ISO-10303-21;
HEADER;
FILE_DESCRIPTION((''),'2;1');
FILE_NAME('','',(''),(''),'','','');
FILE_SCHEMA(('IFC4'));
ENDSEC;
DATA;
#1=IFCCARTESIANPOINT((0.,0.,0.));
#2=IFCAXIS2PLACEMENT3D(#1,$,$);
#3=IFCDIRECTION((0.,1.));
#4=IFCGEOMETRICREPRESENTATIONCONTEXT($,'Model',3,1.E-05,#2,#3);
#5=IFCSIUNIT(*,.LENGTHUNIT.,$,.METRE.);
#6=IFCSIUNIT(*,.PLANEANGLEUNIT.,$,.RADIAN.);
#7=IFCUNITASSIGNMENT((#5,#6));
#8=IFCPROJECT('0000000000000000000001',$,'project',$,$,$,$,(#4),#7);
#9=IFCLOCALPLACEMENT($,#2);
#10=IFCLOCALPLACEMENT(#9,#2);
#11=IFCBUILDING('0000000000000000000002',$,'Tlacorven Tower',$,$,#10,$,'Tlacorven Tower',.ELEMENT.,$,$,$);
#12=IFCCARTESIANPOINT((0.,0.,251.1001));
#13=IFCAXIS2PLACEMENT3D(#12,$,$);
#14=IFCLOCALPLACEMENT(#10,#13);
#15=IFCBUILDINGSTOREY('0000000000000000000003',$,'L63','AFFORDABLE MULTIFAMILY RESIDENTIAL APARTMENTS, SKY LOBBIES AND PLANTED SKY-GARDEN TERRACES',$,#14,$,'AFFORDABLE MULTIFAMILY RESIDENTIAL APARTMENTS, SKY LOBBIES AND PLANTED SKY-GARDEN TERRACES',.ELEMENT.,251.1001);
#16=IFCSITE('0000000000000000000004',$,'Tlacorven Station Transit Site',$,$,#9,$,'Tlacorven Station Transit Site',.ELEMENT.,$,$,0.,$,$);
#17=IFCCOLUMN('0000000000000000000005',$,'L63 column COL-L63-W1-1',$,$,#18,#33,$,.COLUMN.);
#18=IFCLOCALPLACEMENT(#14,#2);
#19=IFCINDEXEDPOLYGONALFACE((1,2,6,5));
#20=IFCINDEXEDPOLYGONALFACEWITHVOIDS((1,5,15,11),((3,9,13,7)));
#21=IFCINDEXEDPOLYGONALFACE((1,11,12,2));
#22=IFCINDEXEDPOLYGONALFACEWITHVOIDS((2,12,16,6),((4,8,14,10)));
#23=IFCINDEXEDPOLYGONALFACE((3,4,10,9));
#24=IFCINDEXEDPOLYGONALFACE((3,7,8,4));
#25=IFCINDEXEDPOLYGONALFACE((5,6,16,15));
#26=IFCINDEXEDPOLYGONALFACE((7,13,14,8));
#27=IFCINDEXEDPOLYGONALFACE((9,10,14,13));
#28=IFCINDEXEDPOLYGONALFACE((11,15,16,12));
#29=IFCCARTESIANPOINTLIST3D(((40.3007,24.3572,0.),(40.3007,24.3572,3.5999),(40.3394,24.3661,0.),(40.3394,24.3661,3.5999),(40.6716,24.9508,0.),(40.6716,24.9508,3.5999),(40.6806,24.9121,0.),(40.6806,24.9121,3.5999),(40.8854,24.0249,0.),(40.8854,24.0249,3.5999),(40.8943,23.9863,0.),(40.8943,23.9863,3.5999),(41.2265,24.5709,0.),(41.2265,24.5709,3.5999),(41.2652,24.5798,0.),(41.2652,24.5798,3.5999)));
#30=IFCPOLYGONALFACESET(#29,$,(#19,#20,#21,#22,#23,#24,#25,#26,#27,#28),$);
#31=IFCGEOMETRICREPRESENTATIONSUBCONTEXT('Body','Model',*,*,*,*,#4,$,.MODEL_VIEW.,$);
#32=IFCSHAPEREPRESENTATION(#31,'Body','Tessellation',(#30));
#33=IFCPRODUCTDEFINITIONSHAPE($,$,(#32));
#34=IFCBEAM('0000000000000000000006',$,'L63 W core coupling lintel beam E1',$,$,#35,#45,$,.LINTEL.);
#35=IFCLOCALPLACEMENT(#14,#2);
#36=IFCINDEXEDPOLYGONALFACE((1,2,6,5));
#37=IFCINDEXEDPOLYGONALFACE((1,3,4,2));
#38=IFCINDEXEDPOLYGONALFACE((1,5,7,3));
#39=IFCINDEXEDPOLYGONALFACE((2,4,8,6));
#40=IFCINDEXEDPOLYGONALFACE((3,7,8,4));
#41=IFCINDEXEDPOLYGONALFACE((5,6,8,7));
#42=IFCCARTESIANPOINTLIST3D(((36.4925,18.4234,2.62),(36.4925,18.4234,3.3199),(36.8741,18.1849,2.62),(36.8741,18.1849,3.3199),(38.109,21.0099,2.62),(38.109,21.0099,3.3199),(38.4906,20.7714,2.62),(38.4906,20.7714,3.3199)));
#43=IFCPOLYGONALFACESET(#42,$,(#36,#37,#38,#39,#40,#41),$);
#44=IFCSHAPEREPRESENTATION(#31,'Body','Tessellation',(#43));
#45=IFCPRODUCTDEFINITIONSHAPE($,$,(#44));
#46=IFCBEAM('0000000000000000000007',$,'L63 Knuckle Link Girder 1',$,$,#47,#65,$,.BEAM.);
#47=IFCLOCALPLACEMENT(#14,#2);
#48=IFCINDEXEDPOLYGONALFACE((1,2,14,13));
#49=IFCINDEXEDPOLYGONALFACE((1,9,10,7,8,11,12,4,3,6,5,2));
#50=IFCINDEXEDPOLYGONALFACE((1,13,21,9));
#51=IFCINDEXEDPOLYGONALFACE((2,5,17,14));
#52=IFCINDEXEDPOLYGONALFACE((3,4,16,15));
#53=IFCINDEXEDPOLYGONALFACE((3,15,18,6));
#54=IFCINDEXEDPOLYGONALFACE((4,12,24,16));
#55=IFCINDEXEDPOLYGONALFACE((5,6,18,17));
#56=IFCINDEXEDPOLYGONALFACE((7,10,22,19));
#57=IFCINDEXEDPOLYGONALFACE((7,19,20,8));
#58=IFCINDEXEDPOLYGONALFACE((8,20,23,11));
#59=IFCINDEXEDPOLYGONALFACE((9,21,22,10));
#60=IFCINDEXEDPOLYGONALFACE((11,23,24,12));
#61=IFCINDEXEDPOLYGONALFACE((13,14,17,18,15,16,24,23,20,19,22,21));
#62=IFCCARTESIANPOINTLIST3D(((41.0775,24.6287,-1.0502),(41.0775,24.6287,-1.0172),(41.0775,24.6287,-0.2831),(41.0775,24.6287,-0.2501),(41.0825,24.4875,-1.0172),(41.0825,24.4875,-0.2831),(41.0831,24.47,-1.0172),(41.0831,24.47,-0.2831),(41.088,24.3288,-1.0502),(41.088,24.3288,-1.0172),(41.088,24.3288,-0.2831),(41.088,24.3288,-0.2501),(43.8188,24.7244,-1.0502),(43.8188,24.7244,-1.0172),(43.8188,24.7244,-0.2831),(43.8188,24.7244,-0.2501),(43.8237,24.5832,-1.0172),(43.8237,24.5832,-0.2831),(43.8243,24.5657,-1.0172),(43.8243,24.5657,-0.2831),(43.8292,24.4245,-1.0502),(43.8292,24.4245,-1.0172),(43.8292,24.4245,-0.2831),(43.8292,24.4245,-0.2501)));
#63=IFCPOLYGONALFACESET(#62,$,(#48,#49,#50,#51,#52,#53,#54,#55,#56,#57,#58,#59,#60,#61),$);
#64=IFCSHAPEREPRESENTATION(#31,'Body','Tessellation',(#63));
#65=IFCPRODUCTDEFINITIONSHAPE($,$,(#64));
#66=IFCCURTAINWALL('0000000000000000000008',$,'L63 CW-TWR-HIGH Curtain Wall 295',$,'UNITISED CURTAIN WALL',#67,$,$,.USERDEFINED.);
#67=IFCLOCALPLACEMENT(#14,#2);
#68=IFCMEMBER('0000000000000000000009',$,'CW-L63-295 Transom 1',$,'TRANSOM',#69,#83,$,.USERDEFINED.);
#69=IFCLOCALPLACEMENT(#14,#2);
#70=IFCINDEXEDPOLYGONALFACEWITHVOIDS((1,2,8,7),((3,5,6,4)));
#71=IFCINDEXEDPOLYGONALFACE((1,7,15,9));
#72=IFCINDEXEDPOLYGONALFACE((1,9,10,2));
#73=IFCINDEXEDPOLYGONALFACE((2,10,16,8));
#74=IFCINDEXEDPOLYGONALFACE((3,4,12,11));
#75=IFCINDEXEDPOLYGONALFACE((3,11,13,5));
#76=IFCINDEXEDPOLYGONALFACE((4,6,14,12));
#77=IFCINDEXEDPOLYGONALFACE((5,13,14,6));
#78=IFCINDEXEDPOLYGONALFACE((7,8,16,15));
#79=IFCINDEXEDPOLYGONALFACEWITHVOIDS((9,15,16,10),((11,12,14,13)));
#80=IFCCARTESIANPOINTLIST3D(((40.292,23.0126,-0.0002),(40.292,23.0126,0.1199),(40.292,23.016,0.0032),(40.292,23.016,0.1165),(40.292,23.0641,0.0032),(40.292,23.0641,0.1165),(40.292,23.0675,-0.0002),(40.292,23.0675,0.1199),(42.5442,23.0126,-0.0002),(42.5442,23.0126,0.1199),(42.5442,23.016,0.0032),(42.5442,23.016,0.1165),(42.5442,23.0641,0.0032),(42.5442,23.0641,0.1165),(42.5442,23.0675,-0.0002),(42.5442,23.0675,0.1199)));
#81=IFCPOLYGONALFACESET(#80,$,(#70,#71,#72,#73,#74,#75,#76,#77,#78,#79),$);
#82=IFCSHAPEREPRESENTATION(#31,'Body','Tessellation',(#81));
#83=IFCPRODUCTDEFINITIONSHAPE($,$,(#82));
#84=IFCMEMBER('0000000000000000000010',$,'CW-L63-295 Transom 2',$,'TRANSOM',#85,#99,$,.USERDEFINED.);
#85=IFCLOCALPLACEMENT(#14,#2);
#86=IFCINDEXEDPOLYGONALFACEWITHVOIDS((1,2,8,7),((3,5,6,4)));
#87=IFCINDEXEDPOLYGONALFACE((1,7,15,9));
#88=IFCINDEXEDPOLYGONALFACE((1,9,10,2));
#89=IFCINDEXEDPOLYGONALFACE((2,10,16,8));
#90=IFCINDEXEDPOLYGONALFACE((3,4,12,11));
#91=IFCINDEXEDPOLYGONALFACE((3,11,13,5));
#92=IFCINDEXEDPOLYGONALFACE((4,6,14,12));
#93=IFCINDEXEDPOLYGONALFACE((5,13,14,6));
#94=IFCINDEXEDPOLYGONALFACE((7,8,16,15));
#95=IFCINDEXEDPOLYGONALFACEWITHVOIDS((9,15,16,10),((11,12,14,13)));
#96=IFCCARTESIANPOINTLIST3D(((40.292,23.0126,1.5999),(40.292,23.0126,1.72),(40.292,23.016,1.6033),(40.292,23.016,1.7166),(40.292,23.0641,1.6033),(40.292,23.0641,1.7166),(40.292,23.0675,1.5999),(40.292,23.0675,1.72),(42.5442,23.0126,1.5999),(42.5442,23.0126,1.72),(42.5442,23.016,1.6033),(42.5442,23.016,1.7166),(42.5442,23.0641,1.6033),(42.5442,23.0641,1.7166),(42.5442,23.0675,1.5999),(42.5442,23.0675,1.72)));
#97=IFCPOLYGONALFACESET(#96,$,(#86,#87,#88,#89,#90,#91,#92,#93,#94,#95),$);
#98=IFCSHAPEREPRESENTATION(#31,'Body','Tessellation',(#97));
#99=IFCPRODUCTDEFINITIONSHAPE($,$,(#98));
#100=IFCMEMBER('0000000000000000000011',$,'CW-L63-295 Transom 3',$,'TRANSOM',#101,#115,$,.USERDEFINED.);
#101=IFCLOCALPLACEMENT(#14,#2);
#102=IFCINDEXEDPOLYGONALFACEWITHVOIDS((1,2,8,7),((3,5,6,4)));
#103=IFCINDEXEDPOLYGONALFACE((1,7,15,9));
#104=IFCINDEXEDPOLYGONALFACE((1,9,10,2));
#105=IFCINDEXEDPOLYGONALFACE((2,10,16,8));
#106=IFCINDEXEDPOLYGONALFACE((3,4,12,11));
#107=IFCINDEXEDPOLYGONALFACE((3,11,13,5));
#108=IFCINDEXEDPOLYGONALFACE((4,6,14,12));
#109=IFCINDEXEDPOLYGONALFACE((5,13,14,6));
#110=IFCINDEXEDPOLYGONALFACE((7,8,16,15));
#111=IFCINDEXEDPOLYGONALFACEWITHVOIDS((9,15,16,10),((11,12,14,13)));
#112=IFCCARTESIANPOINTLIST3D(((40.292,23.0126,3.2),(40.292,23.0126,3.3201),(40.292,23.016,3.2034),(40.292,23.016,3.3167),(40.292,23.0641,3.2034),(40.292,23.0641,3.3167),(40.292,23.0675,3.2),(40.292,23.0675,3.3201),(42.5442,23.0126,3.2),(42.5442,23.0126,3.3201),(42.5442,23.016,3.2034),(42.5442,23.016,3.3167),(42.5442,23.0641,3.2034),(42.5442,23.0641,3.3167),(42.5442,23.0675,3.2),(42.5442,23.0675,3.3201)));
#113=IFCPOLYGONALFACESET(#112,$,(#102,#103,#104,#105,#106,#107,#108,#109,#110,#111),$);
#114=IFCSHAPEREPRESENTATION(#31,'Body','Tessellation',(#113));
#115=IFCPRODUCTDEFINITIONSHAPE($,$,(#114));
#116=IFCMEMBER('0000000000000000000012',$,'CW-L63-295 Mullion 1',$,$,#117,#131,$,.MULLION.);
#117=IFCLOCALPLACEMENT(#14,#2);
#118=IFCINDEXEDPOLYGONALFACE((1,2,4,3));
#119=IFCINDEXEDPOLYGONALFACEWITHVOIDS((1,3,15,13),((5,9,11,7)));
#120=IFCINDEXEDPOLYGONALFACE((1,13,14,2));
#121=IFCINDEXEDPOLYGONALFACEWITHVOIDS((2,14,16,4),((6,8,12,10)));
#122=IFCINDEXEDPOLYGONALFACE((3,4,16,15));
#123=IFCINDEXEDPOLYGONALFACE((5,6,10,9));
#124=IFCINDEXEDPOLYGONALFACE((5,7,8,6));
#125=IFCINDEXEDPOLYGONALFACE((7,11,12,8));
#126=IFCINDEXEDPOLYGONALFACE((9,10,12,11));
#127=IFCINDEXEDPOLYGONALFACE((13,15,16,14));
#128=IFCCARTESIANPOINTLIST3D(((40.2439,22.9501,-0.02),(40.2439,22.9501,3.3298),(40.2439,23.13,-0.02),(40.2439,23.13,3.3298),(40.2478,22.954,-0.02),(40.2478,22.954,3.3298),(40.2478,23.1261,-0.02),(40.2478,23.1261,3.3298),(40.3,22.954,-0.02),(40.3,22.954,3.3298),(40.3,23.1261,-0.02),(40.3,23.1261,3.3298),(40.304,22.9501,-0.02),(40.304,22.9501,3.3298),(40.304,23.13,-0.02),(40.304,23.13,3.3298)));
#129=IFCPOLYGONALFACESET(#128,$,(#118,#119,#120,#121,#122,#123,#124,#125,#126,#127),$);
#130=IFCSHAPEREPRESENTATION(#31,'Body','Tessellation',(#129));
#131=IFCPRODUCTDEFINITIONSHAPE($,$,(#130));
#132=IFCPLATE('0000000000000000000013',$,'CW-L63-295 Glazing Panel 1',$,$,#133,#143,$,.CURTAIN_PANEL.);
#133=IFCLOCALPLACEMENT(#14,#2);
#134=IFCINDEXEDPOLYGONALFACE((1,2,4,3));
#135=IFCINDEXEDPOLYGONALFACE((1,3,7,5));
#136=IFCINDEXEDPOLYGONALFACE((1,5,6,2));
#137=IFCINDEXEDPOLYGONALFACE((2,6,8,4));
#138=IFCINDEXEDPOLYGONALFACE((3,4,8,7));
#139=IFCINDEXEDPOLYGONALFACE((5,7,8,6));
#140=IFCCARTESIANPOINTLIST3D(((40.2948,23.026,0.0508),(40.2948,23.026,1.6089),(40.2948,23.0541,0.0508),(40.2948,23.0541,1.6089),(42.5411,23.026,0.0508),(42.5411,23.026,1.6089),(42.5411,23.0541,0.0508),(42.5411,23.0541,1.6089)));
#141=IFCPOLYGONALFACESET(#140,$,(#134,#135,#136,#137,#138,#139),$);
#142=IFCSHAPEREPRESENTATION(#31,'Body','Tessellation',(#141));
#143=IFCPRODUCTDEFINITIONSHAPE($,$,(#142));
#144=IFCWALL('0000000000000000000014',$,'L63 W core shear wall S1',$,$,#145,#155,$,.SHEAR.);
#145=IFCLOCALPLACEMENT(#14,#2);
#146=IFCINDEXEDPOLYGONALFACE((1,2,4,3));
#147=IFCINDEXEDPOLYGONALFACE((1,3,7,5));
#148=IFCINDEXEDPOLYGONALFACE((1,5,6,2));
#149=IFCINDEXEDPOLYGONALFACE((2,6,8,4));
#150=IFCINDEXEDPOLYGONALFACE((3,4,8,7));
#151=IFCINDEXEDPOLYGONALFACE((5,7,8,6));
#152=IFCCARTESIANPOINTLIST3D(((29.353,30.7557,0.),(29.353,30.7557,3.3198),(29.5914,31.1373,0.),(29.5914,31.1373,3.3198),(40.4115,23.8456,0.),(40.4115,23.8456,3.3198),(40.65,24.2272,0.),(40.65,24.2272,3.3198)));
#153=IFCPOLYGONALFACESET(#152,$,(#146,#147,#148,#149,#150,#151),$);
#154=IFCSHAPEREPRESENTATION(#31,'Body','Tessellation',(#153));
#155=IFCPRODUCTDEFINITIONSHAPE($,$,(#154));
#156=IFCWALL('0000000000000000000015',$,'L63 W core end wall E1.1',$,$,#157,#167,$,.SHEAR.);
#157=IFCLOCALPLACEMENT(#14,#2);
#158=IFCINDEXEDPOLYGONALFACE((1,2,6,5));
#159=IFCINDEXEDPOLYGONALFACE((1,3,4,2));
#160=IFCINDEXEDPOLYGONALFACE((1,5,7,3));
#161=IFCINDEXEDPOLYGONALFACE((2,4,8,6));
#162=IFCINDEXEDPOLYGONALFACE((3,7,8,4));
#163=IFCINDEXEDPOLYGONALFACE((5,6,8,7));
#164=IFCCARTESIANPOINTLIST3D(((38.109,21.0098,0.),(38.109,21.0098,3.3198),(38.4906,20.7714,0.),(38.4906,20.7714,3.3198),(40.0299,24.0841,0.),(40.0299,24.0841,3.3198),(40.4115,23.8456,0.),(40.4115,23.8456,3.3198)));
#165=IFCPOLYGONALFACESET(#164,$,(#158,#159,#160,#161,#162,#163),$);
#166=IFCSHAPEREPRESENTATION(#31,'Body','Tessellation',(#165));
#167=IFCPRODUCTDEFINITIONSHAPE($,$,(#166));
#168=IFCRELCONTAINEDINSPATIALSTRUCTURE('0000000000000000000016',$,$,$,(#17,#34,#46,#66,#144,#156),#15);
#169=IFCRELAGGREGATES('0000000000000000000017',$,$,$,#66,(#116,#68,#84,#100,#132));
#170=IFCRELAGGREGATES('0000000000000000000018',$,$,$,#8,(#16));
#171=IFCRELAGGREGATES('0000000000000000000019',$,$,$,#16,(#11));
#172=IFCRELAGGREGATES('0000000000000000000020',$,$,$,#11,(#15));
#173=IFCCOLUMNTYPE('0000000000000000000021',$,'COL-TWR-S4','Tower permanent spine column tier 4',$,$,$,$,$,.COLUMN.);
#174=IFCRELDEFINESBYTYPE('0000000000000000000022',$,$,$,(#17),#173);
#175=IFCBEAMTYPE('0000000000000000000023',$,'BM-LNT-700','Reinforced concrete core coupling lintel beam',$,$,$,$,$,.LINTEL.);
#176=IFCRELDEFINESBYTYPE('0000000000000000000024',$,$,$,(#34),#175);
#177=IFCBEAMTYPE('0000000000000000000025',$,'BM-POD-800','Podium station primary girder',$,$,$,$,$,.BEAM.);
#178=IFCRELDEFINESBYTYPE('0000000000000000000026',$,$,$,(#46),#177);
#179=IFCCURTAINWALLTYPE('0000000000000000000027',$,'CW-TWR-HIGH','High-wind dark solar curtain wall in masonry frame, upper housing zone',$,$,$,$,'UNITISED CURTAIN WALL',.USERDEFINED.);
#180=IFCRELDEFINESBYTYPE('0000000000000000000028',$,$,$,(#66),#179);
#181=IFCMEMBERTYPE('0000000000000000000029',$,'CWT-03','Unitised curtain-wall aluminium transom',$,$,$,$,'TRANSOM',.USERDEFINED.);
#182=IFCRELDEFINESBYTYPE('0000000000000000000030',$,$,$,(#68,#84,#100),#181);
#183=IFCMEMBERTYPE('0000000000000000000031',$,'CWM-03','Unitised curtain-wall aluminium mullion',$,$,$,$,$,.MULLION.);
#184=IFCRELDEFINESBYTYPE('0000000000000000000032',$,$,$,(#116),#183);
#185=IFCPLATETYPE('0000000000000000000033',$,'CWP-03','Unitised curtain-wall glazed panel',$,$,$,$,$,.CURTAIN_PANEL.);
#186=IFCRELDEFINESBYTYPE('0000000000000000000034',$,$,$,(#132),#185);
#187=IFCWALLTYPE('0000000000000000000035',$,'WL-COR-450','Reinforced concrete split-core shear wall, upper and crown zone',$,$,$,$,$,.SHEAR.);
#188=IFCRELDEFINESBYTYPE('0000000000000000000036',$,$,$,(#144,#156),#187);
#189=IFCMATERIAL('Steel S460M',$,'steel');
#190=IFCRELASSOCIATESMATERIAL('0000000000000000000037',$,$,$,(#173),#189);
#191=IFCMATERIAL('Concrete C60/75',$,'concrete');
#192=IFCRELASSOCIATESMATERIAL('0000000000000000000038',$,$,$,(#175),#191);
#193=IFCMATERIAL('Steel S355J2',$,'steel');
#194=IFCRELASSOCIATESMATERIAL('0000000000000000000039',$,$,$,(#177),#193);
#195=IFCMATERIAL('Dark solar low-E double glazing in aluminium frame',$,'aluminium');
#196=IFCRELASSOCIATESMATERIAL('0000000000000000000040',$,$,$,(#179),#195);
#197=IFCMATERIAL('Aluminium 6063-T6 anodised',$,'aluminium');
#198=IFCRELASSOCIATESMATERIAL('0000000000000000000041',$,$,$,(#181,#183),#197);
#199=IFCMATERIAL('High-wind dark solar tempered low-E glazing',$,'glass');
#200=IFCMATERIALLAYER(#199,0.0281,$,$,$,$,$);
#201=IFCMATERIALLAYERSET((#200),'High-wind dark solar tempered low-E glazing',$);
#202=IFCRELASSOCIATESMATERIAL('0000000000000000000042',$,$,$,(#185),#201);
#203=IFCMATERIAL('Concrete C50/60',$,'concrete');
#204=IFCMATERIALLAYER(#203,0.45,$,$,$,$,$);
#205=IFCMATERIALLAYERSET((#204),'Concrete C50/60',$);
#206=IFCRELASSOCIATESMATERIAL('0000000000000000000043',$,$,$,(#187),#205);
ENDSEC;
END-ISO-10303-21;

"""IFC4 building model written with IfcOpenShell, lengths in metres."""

from ifc_helpers import new_model, si_unit, direction, frame, frame_2d, origin, origin_2d, place, context, subcontext, project, spatial, rectangle, hollow_rectangle, i_section, extrude, source, transform, mapped, material, layer, layer_set, material_profile, profile_set, type_object, element, aggregate, save


model = new_model("IFC4")

# Units and contexts
model_context = context("Model", 3, precision=1e-05, world=origin(), true_north=direction((0.0, 1.0)))
body_context = subcontext(model_context, "Body", "Model", "MODEL_VIEW")
ifc_project = project(units=[si_unit("LENGTHUNIT", "METRE"), si_unit("PLANEANGLEUNIT", "RADIAN")], contexts=[model_context])

# Site, building, storey
site_placement = place(None, origin())
site = spatial("IfcSite", under=ifc_project, at=site_placement, Name="Tlacorven Station Transit Site", LongName="Tlacorven Station Transit Site", CompositionType="ELEMENT", RefElevation=0.0)
building_placement = place(site_placement, origin())
building = spatial("IfcBuilding", under=site, at=building_placement, Name="Tlacorven Tower", LongName="Tlacorven Tower", CompositionType="ELEMENT")
storey_placement = place(building_placement, frame((0.0, 0.0, 251.1001)))
storey = spatial("IfcBuildingStorey", under=building, at=storey_placement, Name="L63", Description="AFFORDABLE MULTIFAMILY RESIDENTIAL APARTMENTS, SKY LOBBIES AND PLANTED SKY-GARDEN TERRACES", LongName="AFFORDABLE MULTIFAMILY RESIDENTIAL APARTMENTS, SKY LOBBIES AND PLANTED SKY-GARDEN TERRACES", CompositionType="ELEMENT", Elevation=251.1001)

# Column
ifc_material_1 = material(Name="Steel S460M", Category="steel")
ifc_material_profile_1 = material_profile(ifc_material_1, hollow_rectangle(XDim=0.7, YDim=0.7, WallThickness=0.0281, at=origin_2d()), Name="BOX 700X700X28")
ifc_profile_set_1 = profile_set([ifc_material_profile_1], Name="Steel S460M")
column_type = type_object("IfcColumnType", Name="COL-TWR-S4", Description="Tower permanent spine column tier 4", PredefinedType="COLUMN", material=ifc_profile_set_1)
shared_shape_1 = source(origin(), body_context, "Body", "SweptSolid", [
    extrude(hollow_rectangle(XDim=0.7, YDim=0.7, WallThickness=0.0281, at=origin_2d()), origin(), (0.0, 0.0, 1.0), 3.5999),
])
column_placement = place(storey_placement, frame((40.783, 24.4685, 0.0), z_axis=(0.0, 0.0, 1.0), x_axis=(-0.848048, 0.529919, 0.0)))
element("IfcColumn", 1, at=column_placement, inside=storey, type_object=column_type, Name="L63 column COL-L63-W1-1", PredefinedType="COLUMN", context=body_context, shape_type="MappedRepresentation", body=[
    mapped(shared_shape_1, transform((0.0, 0.0, 0.0), scale=1.0)),
])

# Beams
ifc_material_2 = material(Name="Concrete C60/75", Category="concrete")
ifc_material_profile_2 = material_profile(ifc_material_2, rectangle(XDim=0.45, YDim=0.7, at=origin_2d()), Name="RC 450X700")
ifc_profile_set_2 = profile_set([ifc_material_profile_2], Name="Concrete C60/75")
beam_type_1 = type_object("IfcBeamType", Name="BM-LNT-700", Description="Reinforced concrete core coupling lintel beam", PredefinedType="LINTEL", material=ifc_profile_set_2)
shared_shape_2 = source(origin(), body_context, "Body", "SweptSolid", [
    extrude(rectangle(XDim=0.45, YDim=0.7, at=origin_2d()), origin(), (0.0, 0.0, 1.0), 3.05),
])
beam_1_placement = place(storey_placement, frame((38.2998, 20.8906, 2.97), z_axis=(-0.529985, -0.848007, 0.0), x_axis=(0.848007, -0.529985, 0.0)))
element("IfcBeam", 2, at=beam_1_placement, inside=storey, type_object=beam_type_1, Name="L63 W core coupling lintel beam E1", PredefinedType="LINTEL", context=body_context, shape_type="MappedRepresentation", body=[
    mapped(shared_shape_2, transform((0.0, 0.0, 0.0), scale=1.0)),
])
ifc_material_3 = material(Name="Steel S355J2", Category="steel")
ifc_material_profile_3 = material_profile(ifc_material_3, i_section(OverallWidth=0.3, OverallDepth=0.8, WebThickness=0.0176, FlangeThickness=0.033, at=origin_2d()), Name="HEB 800")
ifc_profile_set_3 = profile_set([ifc_material_profile_3], Name="Steel S355J2")
beam_type_2 = type_object("IfcBeamType", Name="BM-POD-800", Description="Podium station primary girder", PredefinedType="BEAM", material=ifc_profile_set_3)
shared_shape_3 = source(origin(), body_context, "Body", "SweptSolid", [
    extrude(i_section(OverallWidth=0.3, OverallDepth=0.8, WebThickness=0.0176, FlangeThickness=0.033, at=origin_2d()), origin(), (0.0, 0.0, 1.0), 2.7429),
])
beam_2_placement = place(storey_placement, frame((41.0828, 24.4788, -0.6501), z_axis=(0.999391, 0.034891, 0.0), x_axis=(-0.034891, 0.999391, 0.0)))
element("IfcBeam", 3, at=beam_2_placement, inside=storey, type_object=beam_type_2, Name="L63 Knuckle Link Girder 1", PredefinedType="BEAM", context=body_context, shape_type="MappedRepresentation", body=[
    mapped(shared_shape_3, transform((0.0, 0.0, 0.0), scale=1.0)),
])

# Curtain wall, members, plate
ifc_material_4 = material(Name="Dark solar low-E double glazing in aluminium frame", Category="aluminium")
curtain_wall_type = type_object("IfcCurtainWallType", Name="CW-TWR-HIGH", Description="High-wind dark solar curtain wall in masonry frame, upper housing zone", ElementType="UNITISED CURTAIN WALL", PredefinedType="USERDEFINED", material=ifc_material_4)
curtain_wall_placement = place(storey_placement, origin())
curtain_wall = element("IfcCurtainWall", 4, at=curtain_wall_placement, inside=storey, type_object=curtain_wall_type, Name="L63 CW-TWR-HIGH Curtain Wall 295", ObjectType="UNITISED CURTAIN WALL", PredefinedType="USERDEFINED")
ifc_material_5 = material(Name="Aluminium 6063-T6 anodised", Category="aluminium")
ifc_material_profile_4 = material_profile(ifc_material_5, hollow_rectangle(XDim=0.0549, YDim=0.1201, WallThickness=0.0034, at=origin_2d()), Name="ALU TRANSOM 55X120")
ifc_profile_set_4 = profile_set([ifc_material_profile_4], Name="Aluminium 6063-T6 anodised")
member_type_1 = type_object("IfcMemberType", Name="CWT-03", Description="Unitised curtain-wall aluminium transom", ElementType="TRANSOM", PredefinedType="USERDEFINED", material=ifc_profile_set_4)
shared_shape_4 = source(origin(), body_context, "Body", "SweptSolid", [
    extrude(hollow_rectangle(XDim=0.0549, YDim=0.1201, WallThickness=0.0034, at=origin_2d()), origin(), (0.0, 0.0, 1.0), 2.2522),
])
member_1_placement = place(storey_placement, frame((40.292, 23.04, 0.0598), z_axis=(1.0, 0.0, 0.0), x_axis=(0.0, 1.0, 0.0)))
member_1 = element("IfcMember", 5, at=member_1_placement, type_object=member_type_1, Name="CW-L63-295 Transom 1", ObjectType="TRANSOM", PredefinedType="USERDEFINED", context=body_context, shape_type="MappedRepresentation", body=[
    mapped(shared_shape_4, transform((0.0, 0.0, 0.0), scale=1.0)),
])
member_2_placement = place(storey_placement, frame((40.292, 23.04, 1.6599), z_axis=(1.0, 0.0, 0.0), x_axis=(0.0, 1.0, 0.0)))
member_2 = element("IfcMember", 6, at=member_2_placement, type_object=member_type_1, Name="CW-L63-295 Transom 2", ObjectType="TRANSOM", PredefinedType="USERDEFINED", context=body_context, shape_type="MappedRepresentation", body=[
    mapped(shared_shape_4, transform((0.0, 0.0, 0.0), scale=1.0)),
])
member_3_placement = place(storey_placement, frame((40.292, 23.04, 3.26), z_axis=(1.0, 0.0, 0.0), x_axis=(0.0, 1.0, 0.0)))
member_3 = element("IfcMember", 7, at=member_3_placement, type_object=member_type_1, Name="CW-L63-295 Transom 3", ObjectType="TRANSOM", PredefinedType="USERDEFINED", context=body_context, shape_type="MappedRepresentation", body=[
    mapped(shared_shape_4, transform((0.0, 0.0, 0.0), scale=1.0)),
])
ifc_material_profile_5 = material_profile(ifc_material_5, hollow_rectangle(XDim=0.0601, YDim=0.1799, WallThickness=0.0039, at=origin_2d()), Name="ALU MULLION 60X180")
ifc_profile_set_5 = profile_set([ifc_material_profile_5], Name="Aluminium 6063-T6 anodised")
member_type_2 = type_object("IfcMemberType", Name="CWM-03", Description="Unitised curtain-wall aluminium mullion", PredefinedType="MULLION", material=ifc_profile_set_5)
shared_shape_5 = source(origin(), body_context, "Body", "SweptSolid", [
    extrude(hollow_rectangle(XDim=0.0601, YDim=0.1799, WallThickness=0.0039, at=origin_2d()), origin(), (0.0, 0.0, 1.0), 3.3499),
])
member_4_placement = place(storey_placement, frame((40.2739, 23.04, -0.02), z_axis=(0.0, 0.0, 1.0), x_axis=(1.0, 0.0, 0.0)))
member_4 = element("IfcMember", 8, at=member_4_placement, type_object=member_type_2, Name="CW-L63-295 Mullion 1", PredefinedType="MULLION", context=body_context, shape_type="MappedRepresentation", body=[
    mapped(shared_shape_5, transform((0.0, 0.0, 0.0), scale=1.0)),
])
ifc_material_6 = material(Name="High-wind dark solar tempered low-E glazing", Category="glass")
ifc_layer_1 = layer(ifc_material_6, 0.0281)
ifc_layer_set_1 = layer_set([ifc_layer_1], Name="High-wind dark solar tempered low-E glazing")
plate_type = type_object("IfcPlateType", Name="CWP-03", Description="Unitised curtain-wall glazed panel", PredefinedType="CURTAIN_PANEL", material=ifc_layer_set_1)
shared_shape_6 = source(origin(), body_context, "Body", "SweptSolid", [
    extrude(rectangle(XDim=2.2463, YDim=0.0281, at=origin_2d()), origin(), (0.0, 0.0, 1.0), 1.5581),
])
plate_placement = place(storey_placement, frame((41.418, 23.04, 0.0508), z_axis=(0.0, 0.0, 1.0), x_axis=(1.0, 0.0, 0.0)))
plate = element("IfcPlate", 9, at=plate_placement, type_object=plate_type, Name="CW-L63-295 Glazing Panel 1", PredefinedType="CURTAIN_PANEL", context=body_context, shape_type="MappedRepresentation", body=[
    mapped(shared_shape_6, transform((0.0, 0.0, 0.0), scale=1.0)),
])
aggregate(curtain_wall, [member_4, member_1, member_2, member_3, plate])

# Walls
ifc_material_7 = material(Name="Concrete C50/60", Category="concrete")
ifc_layer_2 = layer(ifc_material_7, 0.45)
ifc_layer_set_2 = layer_set([ifc_layer_2], Name="Concrete C50/60")
wall_type_1 = type_object("IfcWallType", Name="WL-COR-450", Description="Reinforced concrete split-core shear wall, upper and crown zone", PredefinedType="SHEAR", material=ifc_layer_set_2)
wall_1_placement = place(storey_placement, frame((40.5308, 24.0364, 0.0), z_axis=(0.0, 0.0, 1.0), x_axis=(-0.848049, 0.529918, 0.0)))
element("IfcWall", 10, at=wall_1_placement, inside=storey, type_object=wall_type_1, Name="L63 W core shear wall S1", PredefinedType="SHEAR", context=body_context, shape_type="SweptSolid", body=[
    extrude(rectangle(XDim=13.04, YDim=0.45, at=frame_2d((6.52, 0.0))), origin(), (0.0, 0.0, 1.0), 3.3198),
])
wall_2_placement = place(storey_placement, frame((40.2207, 23.9648, 0.0), z_axis=(0.0, 0.0, 1.0), x_axis=(-0.529902, -0.848059, 0.0)))
element("IfcWall", 11, at=wall_2_placement, inside=storey, type_object=wall_type_1, Name="L63 W core end wall E1.1", PredefinedType="SHEAR", context=body_context, shape_type="SweptSolid", body=[
    extrude(rectangle(XDim=3.625, YDim=0.45, at=frame_2d((1.8125, 0.0))), origin(), (0.0, 0.0, 1.0), 3.3198),
])

save(model, "model.ifc")
